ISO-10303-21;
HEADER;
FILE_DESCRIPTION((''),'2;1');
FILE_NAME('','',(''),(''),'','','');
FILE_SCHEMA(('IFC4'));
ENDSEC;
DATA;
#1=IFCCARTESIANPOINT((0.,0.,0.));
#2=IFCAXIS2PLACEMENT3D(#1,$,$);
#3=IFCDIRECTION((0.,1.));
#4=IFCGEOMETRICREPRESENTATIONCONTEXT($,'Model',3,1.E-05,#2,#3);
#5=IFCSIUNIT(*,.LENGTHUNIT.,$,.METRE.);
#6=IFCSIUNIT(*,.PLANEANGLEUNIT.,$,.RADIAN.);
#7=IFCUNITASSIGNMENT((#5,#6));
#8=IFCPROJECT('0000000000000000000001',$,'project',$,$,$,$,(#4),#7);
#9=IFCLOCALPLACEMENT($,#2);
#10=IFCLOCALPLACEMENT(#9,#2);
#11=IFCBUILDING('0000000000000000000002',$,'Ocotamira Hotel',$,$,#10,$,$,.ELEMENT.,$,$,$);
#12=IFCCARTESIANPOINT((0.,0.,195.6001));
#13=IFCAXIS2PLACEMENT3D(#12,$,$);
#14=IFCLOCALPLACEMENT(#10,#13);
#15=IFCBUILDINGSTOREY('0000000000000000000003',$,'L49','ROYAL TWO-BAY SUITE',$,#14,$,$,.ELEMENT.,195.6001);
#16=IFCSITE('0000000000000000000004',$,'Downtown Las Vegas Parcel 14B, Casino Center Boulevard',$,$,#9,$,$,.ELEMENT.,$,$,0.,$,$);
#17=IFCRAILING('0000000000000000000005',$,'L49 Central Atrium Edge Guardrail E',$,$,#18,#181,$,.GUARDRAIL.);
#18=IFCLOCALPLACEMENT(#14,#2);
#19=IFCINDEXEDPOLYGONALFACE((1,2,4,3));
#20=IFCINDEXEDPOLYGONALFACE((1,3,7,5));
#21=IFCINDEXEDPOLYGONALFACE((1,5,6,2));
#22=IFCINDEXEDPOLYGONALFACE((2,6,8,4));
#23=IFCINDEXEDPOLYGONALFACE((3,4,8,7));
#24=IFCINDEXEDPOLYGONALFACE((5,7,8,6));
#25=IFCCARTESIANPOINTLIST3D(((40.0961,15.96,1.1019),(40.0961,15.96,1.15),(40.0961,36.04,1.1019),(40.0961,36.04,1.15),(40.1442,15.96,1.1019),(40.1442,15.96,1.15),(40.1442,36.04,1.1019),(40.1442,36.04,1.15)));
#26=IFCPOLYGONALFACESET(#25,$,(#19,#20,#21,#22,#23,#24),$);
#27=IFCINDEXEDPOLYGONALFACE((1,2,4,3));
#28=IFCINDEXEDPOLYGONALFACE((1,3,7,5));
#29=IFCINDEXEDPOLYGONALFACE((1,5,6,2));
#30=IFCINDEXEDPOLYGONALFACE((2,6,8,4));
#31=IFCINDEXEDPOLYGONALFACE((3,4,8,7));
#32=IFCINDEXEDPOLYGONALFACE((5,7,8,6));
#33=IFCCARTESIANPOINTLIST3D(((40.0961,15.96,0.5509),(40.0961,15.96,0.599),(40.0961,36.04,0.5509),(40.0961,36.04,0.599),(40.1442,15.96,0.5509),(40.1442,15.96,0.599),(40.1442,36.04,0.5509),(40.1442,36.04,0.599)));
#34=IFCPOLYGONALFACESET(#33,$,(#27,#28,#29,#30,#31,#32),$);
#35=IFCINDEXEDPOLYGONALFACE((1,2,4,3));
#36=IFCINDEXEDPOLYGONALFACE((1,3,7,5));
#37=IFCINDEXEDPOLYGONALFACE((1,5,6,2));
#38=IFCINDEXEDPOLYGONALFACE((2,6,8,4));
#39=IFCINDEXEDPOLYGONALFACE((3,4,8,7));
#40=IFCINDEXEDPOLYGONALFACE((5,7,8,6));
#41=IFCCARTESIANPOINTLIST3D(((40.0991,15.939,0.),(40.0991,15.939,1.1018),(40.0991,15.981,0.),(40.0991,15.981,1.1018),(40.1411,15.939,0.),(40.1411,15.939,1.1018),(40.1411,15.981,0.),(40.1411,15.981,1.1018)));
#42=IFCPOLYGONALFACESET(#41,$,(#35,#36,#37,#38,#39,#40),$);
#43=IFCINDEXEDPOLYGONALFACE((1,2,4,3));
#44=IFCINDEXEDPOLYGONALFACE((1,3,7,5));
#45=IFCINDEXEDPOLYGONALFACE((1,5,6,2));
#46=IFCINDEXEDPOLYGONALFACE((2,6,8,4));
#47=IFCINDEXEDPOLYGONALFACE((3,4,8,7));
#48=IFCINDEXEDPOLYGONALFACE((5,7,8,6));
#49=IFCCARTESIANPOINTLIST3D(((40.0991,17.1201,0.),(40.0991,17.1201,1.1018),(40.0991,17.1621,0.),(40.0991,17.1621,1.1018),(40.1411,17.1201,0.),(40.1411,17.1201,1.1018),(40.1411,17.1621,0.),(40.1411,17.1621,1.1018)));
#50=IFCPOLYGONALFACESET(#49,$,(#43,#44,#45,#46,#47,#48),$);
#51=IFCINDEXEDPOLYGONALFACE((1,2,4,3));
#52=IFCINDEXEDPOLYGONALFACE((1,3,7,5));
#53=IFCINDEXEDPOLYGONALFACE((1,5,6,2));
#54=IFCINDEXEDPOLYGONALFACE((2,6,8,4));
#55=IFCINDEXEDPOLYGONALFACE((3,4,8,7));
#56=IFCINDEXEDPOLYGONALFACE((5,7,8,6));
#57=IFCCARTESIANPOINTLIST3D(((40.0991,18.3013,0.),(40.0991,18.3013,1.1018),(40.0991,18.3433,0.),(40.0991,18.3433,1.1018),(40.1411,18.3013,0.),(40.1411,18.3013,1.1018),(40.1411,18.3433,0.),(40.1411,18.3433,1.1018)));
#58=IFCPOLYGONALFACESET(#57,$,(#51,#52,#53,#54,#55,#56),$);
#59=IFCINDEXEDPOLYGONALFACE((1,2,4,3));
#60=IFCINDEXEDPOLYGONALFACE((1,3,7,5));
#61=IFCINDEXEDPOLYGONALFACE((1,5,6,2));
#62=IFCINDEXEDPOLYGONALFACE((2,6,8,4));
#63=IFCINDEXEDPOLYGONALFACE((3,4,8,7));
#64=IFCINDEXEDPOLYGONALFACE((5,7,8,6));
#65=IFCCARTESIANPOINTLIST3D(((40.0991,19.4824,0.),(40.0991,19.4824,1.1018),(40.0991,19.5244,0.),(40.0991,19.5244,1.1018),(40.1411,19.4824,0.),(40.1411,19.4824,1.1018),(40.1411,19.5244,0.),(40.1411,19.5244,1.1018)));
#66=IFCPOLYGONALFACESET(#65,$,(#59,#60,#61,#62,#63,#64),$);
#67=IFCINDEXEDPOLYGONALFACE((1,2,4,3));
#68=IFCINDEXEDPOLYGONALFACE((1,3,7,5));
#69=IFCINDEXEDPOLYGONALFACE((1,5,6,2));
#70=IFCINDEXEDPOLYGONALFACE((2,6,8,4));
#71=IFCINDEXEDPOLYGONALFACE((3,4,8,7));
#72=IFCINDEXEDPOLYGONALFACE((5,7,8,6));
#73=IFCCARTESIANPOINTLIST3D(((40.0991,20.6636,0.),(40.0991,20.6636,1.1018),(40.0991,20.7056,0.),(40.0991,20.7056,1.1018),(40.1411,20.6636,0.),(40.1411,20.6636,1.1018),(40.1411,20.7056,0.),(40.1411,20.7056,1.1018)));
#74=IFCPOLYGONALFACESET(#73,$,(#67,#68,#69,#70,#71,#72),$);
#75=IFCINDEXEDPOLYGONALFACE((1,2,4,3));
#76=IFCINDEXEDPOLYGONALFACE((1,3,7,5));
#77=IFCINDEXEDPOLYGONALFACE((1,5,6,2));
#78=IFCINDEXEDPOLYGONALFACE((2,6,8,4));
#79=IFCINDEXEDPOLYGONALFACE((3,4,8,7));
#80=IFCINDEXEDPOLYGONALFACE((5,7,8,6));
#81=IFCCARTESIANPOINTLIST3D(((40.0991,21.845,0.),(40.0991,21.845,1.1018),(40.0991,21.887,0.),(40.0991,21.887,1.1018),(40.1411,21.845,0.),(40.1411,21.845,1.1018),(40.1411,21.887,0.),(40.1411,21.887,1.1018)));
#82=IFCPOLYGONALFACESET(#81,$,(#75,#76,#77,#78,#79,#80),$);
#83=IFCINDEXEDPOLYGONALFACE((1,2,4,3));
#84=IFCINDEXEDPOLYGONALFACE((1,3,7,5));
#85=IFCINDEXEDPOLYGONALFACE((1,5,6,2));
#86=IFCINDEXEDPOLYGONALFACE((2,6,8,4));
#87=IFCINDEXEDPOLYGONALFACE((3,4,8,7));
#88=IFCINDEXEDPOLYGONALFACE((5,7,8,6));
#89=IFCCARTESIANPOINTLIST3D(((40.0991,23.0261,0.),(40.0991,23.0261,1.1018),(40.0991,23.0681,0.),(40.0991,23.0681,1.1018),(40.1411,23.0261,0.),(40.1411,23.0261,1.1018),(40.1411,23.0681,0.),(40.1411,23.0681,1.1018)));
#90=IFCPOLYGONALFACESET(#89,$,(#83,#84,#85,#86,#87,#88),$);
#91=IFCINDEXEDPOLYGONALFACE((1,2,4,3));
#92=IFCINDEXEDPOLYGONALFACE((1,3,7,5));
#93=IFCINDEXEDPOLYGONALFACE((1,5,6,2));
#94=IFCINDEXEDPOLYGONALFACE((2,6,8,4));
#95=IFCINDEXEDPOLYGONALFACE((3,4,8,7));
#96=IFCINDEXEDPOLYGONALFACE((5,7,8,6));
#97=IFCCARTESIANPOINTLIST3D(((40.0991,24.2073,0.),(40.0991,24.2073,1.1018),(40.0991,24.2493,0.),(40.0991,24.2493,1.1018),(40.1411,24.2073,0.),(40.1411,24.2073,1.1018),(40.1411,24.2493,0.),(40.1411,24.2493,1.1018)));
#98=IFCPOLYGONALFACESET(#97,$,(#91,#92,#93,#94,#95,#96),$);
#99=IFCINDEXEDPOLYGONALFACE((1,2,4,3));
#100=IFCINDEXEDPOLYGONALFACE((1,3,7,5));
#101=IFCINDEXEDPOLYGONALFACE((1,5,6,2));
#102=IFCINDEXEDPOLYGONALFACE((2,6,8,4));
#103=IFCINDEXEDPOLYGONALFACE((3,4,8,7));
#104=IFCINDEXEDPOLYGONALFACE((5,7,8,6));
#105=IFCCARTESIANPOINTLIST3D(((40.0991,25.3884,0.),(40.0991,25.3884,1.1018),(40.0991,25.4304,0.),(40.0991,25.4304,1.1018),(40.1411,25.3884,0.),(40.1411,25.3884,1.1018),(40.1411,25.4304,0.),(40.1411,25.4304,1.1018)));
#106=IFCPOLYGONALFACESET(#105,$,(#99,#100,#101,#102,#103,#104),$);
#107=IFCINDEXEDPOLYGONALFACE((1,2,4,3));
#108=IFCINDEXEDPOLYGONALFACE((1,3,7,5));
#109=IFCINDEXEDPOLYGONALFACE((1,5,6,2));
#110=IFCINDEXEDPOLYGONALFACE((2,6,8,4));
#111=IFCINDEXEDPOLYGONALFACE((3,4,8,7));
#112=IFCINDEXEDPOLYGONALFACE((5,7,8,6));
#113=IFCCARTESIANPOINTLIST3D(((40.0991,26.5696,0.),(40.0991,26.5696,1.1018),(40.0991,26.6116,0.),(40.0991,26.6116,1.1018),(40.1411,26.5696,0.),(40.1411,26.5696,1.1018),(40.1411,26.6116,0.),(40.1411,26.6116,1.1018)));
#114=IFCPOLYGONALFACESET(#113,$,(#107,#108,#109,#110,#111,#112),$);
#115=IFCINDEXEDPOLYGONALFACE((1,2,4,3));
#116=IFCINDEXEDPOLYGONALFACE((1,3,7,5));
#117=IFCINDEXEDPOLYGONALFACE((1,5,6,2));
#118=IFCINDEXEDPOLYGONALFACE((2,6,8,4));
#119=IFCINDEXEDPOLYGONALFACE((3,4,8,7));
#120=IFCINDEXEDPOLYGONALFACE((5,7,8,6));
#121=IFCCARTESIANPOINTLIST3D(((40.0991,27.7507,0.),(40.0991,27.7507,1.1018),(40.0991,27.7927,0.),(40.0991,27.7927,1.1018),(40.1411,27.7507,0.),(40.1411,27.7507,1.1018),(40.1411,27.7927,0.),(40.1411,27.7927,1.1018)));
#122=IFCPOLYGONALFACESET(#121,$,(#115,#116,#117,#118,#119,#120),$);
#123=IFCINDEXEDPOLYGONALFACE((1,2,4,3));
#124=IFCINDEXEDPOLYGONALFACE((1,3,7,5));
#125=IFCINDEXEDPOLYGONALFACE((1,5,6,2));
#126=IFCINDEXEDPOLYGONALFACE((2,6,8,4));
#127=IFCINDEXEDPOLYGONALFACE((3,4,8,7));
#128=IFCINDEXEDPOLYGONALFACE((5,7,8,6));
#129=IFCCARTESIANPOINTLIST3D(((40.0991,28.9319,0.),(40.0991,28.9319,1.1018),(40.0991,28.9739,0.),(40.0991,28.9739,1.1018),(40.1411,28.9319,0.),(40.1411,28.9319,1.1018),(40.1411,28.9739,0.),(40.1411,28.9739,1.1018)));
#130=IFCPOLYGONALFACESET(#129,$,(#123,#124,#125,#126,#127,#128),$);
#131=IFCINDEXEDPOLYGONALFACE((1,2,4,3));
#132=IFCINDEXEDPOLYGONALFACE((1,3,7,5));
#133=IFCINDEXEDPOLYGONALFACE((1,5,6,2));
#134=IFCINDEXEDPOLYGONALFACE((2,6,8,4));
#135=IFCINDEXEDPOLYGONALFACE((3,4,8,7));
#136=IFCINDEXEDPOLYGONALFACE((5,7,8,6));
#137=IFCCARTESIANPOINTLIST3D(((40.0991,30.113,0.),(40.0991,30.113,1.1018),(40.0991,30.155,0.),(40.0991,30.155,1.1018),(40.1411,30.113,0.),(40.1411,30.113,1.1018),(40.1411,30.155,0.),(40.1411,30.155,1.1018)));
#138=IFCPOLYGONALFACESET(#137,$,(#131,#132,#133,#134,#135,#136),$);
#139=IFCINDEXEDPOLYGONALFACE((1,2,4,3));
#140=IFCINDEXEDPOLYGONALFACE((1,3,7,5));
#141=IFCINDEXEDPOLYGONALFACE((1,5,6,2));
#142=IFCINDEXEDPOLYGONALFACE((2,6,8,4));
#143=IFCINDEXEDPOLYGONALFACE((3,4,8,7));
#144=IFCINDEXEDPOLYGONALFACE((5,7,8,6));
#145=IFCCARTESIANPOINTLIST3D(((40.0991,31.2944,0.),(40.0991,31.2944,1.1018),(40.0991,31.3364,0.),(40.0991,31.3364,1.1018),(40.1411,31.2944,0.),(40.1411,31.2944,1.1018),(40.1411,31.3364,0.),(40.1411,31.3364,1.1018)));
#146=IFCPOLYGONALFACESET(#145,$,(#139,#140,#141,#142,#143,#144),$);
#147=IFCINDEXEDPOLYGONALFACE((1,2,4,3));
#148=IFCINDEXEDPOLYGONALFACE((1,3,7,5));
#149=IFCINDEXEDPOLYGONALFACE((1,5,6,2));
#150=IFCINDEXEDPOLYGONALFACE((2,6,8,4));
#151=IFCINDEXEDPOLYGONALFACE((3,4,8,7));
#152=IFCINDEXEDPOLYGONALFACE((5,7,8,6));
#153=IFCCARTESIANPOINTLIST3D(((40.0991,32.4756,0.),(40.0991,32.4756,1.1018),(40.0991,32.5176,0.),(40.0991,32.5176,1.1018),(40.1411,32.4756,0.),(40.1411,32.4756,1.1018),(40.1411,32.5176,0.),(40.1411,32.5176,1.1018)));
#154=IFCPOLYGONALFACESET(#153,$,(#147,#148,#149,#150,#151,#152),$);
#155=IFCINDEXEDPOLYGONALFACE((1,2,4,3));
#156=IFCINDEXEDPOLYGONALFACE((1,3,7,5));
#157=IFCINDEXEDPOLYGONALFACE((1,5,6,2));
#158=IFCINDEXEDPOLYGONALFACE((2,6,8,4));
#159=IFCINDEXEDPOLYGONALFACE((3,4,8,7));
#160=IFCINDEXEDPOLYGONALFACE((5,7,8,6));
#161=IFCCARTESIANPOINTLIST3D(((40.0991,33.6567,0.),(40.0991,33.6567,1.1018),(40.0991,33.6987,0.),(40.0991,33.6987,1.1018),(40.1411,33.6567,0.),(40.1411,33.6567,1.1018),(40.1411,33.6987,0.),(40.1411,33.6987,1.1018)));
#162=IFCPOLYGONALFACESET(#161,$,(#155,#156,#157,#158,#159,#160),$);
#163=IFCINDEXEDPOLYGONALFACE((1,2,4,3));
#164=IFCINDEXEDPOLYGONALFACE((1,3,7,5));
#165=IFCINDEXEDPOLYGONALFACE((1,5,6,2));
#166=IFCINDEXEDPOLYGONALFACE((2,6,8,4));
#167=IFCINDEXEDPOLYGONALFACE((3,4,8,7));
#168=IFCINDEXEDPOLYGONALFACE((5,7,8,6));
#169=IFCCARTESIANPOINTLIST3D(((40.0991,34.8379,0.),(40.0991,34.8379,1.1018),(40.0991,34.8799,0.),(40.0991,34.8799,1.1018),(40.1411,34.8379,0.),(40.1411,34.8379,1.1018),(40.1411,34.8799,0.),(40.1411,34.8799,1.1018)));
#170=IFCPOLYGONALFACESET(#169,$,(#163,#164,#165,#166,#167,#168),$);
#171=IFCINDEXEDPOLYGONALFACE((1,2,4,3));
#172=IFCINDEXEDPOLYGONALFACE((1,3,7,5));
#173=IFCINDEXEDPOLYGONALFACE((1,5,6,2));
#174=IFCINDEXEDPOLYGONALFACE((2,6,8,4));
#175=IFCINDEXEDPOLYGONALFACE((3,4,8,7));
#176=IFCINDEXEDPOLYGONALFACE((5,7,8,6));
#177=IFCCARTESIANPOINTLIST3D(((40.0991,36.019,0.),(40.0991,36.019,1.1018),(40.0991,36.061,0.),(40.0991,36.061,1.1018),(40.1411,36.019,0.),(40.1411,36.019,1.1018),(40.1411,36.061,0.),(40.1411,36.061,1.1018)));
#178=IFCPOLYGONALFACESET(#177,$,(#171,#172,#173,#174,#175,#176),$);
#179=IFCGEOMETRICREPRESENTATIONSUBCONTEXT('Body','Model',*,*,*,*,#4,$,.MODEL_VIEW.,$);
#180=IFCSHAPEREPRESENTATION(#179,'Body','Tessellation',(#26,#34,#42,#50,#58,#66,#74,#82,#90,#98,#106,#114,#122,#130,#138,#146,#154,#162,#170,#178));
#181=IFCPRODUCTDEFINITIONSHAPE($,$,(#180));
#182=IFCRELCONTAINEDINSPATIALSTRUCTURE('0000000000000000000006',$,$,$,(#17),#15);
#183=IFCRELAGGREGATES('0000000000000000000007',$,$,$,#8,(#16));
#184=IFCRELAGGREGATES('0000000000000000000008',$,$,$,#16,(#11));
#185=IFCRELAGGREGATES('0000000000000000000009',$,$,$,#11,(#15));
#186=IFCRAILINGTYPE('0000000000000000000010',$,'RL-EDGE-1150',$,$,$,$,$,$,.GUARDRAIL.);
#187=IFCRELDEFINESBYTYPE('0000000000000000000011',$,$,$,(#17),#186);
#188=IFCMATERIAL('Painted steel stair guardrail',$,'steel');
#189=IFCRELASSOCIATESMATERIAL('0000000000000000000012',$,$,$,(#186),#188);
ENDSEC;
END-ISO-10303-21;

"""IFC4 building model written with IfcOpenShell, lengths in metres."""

from ifc_helpers import new_model, si_unit, direction, frame, origin, origin_2d, place, context, subcontext, project, spatial, rectangle, extrude, material, type_object, element, save


model = new_model("IFC4")

# Units and contexts
model_context = context("Model", 3, precision=1e-05, world=origin(), true_north=direction((0.0, 1.0)))
body_context = subcontext(model_context, "Body", "Model", "MODEL_VIEW")
ifc_project = project(units=[si_unit("LENGTHUNIT", "METRE"), si_unit("PLANEANGLEUNIT", "RADIAN")], contexts=[model_context])

# Site, building, storey
site_placement = place(None, origin())
site = spatial("IfcSite", under=ifc_project, at=site_placement, Name="Downtown Las Vegas Parcel 14B, Casino Center Boulevard", CompositionType="ELEMENT", RefElevation=0.0)
building_placement = place(site_placement, origin())
building = spatial("IfcBuilding", under=site, at=building_placement, Name="Ocotamira Hotel", CompositionType="ELEMENT")
storey_placement = place(building_placement, frame((0.0, 0.0, 195.6001)))
storey = spatial("IfcBuildingStorey", under=building, at=storey_placement, Name="L49", Description="ROYAL TWO-BAY SUITE", CompositionType="ELEMENT", Elevation=195.6001)

# Railing
ifc_material_1 = material(Name="Painted steel stair guardrail", Category="steel")
railing_type = type_object("IfcRailingType", Name="RL-EDGE-1150", PredefinedType="GUARDRAIL", material=ifc_material_1)
railing_1_placement = place(storey_placement, frame((40.1201, 15.96, 0.0)))
element("IfcRailing", 1, at=railing_1_placement, inside=storey, type_object=railing_type, Name="L49 Central Atrium Edge Guardrail E", PredefinedType="GUARDRAIL", context=body_context, shape_type="SweptSolid", body=[
    extrude(rectangle(XDim=0.0481, YDim=0.0481, at=origin_2d()), frame((0.0, 0.0, 1.126), z_axis=(0.0, 1.0, 0.0), x_axis=(-1.0, 0.0, 0.0)), (0.0, 0.0, 1.0), 20.0801),
    extrude(rectangle(XDim=0.0481, YDim=0.0481, at=origin_2d()), frame((0.0, 0.0, 0.575), z_axis=(0.0, 1.0, 0.0), x_axis=(-1.0, 0.0, 0.0)), (0.0, 0.0, 1.0), 20.0801),
    extrude(rectangle(XDim=0.042, YDim=0.042, at=origin_2d()), origin(), (0.0, 0.0, 1.0), 1.1018),
    extrude(rectangle(XDim=0.042, YDim=0.042, at=origin_2d()), frame((0.0, 1.1812, 0.0)), (0.0, 0.0, 1.0), 1.1018),
    extrude(rectangle(XDim=0.042, YDim=0.042, at=origin_2d()), frame((0.0, 2.3623, 0.0)), (0.0, 0.0, 1.0), 1.1018),
    extrude(rectangle(XDim=0.042, YDim=0.042, at=origin_2d()), frame((0.0, 3.5435, 0.0)), (0.0, 0.0, 1.0), 1.1018),
    extrude(rectangle(XDim=0.042, YDim=0.042, at=origin_2d()), frame((0.0, 4.7246, 0.0)), (0.0, 0.0, 1.0), 1.1018),
    extrude(rectangle(XDim=0.042, YDim=0.042, at=origin_2d()), frame((0.0, 5.906, 0.0)), (0.0, 0.0, 1.0), 1.1018),
    extrude(rectangle(XDim=0.042, YDim=0.042, at=origin_2d()), frame((0.0, 7.0872, 0.0)), (0.0, 0.0, 1.0), 1.1018),
    extrude(rectangle(XDim=0.042, YDim=0.042, at=origin_2d()), frame((0.0, 8.2683, 0.0)), (0.0, 0.0, 1.0), 1.1018),
    extrude(rectangle(XDim=0.042, YDim=0.042, at=origin_2d()), frame((0.0, 9.4495, 0.0)), (0.0, 0.0, 1.0), 1.1018),
    extrude(rectangle(XDim=0.042, YDim=0.042, at=origin_2d()), frame((0.0, 10.6306, 0.0)), (0.0, 0.0, 1.0), 1.1018),
    extrude(rectangle(XDim=0.042, YDim=0.042, at=origin_2d()), frame((0.0, 11.8118, 0.0)), (0.0, 0.0, 1.0), 1.1018),
    extrude(rectangle(XDim=0.042, YDim=0.042, at=origin_2d()), frame((0.0, 12.9929, 0.0)), (0.0, 0.0, 1.0), 1.1018),
    extrude(rectangle(XDim=0.042, YDim=0.042, at=origin_2d()), frame((0.0, 14.1741, 0.0)), (0.0, 0.0, 1.0), 1.1018),
    extrude(rectangle(XDim=0.042, YDim=0.042, at=origin_2d()), frame((0.0, 15.3555, 0.0)), (0.0, 0.0, 1.0), 1.1018),
    extrude(rectangle(XDim=0.042, YDim=0.042, at=origin_2d()), frame((0.0, 16.5366, 0.0)), (0.0, 0.0, 1.0), 1.1018),
    extrude(rectangle(XDim=0.042, YDim=0.042, at=origin_2d()), frame((0.0, 17.7178, 0.0)), (0.0, 0.0, 1.0), 1.1018),
    extrude(rectangle(XDim=0.042, YDim=0.042, at=origin_2d()), frame((0.0, 18.8989, 0.0)), (0.0, 0.0, 1.0), 1.1018),
    extrude(rectangle(XDim=0.042, YDim=0.042, at=origin_2d()), frame((0.0, 20.0801, 0.0)), (0.0, 0.0, 1.0), 1.1018),
])

save(model, "model.ifc")
